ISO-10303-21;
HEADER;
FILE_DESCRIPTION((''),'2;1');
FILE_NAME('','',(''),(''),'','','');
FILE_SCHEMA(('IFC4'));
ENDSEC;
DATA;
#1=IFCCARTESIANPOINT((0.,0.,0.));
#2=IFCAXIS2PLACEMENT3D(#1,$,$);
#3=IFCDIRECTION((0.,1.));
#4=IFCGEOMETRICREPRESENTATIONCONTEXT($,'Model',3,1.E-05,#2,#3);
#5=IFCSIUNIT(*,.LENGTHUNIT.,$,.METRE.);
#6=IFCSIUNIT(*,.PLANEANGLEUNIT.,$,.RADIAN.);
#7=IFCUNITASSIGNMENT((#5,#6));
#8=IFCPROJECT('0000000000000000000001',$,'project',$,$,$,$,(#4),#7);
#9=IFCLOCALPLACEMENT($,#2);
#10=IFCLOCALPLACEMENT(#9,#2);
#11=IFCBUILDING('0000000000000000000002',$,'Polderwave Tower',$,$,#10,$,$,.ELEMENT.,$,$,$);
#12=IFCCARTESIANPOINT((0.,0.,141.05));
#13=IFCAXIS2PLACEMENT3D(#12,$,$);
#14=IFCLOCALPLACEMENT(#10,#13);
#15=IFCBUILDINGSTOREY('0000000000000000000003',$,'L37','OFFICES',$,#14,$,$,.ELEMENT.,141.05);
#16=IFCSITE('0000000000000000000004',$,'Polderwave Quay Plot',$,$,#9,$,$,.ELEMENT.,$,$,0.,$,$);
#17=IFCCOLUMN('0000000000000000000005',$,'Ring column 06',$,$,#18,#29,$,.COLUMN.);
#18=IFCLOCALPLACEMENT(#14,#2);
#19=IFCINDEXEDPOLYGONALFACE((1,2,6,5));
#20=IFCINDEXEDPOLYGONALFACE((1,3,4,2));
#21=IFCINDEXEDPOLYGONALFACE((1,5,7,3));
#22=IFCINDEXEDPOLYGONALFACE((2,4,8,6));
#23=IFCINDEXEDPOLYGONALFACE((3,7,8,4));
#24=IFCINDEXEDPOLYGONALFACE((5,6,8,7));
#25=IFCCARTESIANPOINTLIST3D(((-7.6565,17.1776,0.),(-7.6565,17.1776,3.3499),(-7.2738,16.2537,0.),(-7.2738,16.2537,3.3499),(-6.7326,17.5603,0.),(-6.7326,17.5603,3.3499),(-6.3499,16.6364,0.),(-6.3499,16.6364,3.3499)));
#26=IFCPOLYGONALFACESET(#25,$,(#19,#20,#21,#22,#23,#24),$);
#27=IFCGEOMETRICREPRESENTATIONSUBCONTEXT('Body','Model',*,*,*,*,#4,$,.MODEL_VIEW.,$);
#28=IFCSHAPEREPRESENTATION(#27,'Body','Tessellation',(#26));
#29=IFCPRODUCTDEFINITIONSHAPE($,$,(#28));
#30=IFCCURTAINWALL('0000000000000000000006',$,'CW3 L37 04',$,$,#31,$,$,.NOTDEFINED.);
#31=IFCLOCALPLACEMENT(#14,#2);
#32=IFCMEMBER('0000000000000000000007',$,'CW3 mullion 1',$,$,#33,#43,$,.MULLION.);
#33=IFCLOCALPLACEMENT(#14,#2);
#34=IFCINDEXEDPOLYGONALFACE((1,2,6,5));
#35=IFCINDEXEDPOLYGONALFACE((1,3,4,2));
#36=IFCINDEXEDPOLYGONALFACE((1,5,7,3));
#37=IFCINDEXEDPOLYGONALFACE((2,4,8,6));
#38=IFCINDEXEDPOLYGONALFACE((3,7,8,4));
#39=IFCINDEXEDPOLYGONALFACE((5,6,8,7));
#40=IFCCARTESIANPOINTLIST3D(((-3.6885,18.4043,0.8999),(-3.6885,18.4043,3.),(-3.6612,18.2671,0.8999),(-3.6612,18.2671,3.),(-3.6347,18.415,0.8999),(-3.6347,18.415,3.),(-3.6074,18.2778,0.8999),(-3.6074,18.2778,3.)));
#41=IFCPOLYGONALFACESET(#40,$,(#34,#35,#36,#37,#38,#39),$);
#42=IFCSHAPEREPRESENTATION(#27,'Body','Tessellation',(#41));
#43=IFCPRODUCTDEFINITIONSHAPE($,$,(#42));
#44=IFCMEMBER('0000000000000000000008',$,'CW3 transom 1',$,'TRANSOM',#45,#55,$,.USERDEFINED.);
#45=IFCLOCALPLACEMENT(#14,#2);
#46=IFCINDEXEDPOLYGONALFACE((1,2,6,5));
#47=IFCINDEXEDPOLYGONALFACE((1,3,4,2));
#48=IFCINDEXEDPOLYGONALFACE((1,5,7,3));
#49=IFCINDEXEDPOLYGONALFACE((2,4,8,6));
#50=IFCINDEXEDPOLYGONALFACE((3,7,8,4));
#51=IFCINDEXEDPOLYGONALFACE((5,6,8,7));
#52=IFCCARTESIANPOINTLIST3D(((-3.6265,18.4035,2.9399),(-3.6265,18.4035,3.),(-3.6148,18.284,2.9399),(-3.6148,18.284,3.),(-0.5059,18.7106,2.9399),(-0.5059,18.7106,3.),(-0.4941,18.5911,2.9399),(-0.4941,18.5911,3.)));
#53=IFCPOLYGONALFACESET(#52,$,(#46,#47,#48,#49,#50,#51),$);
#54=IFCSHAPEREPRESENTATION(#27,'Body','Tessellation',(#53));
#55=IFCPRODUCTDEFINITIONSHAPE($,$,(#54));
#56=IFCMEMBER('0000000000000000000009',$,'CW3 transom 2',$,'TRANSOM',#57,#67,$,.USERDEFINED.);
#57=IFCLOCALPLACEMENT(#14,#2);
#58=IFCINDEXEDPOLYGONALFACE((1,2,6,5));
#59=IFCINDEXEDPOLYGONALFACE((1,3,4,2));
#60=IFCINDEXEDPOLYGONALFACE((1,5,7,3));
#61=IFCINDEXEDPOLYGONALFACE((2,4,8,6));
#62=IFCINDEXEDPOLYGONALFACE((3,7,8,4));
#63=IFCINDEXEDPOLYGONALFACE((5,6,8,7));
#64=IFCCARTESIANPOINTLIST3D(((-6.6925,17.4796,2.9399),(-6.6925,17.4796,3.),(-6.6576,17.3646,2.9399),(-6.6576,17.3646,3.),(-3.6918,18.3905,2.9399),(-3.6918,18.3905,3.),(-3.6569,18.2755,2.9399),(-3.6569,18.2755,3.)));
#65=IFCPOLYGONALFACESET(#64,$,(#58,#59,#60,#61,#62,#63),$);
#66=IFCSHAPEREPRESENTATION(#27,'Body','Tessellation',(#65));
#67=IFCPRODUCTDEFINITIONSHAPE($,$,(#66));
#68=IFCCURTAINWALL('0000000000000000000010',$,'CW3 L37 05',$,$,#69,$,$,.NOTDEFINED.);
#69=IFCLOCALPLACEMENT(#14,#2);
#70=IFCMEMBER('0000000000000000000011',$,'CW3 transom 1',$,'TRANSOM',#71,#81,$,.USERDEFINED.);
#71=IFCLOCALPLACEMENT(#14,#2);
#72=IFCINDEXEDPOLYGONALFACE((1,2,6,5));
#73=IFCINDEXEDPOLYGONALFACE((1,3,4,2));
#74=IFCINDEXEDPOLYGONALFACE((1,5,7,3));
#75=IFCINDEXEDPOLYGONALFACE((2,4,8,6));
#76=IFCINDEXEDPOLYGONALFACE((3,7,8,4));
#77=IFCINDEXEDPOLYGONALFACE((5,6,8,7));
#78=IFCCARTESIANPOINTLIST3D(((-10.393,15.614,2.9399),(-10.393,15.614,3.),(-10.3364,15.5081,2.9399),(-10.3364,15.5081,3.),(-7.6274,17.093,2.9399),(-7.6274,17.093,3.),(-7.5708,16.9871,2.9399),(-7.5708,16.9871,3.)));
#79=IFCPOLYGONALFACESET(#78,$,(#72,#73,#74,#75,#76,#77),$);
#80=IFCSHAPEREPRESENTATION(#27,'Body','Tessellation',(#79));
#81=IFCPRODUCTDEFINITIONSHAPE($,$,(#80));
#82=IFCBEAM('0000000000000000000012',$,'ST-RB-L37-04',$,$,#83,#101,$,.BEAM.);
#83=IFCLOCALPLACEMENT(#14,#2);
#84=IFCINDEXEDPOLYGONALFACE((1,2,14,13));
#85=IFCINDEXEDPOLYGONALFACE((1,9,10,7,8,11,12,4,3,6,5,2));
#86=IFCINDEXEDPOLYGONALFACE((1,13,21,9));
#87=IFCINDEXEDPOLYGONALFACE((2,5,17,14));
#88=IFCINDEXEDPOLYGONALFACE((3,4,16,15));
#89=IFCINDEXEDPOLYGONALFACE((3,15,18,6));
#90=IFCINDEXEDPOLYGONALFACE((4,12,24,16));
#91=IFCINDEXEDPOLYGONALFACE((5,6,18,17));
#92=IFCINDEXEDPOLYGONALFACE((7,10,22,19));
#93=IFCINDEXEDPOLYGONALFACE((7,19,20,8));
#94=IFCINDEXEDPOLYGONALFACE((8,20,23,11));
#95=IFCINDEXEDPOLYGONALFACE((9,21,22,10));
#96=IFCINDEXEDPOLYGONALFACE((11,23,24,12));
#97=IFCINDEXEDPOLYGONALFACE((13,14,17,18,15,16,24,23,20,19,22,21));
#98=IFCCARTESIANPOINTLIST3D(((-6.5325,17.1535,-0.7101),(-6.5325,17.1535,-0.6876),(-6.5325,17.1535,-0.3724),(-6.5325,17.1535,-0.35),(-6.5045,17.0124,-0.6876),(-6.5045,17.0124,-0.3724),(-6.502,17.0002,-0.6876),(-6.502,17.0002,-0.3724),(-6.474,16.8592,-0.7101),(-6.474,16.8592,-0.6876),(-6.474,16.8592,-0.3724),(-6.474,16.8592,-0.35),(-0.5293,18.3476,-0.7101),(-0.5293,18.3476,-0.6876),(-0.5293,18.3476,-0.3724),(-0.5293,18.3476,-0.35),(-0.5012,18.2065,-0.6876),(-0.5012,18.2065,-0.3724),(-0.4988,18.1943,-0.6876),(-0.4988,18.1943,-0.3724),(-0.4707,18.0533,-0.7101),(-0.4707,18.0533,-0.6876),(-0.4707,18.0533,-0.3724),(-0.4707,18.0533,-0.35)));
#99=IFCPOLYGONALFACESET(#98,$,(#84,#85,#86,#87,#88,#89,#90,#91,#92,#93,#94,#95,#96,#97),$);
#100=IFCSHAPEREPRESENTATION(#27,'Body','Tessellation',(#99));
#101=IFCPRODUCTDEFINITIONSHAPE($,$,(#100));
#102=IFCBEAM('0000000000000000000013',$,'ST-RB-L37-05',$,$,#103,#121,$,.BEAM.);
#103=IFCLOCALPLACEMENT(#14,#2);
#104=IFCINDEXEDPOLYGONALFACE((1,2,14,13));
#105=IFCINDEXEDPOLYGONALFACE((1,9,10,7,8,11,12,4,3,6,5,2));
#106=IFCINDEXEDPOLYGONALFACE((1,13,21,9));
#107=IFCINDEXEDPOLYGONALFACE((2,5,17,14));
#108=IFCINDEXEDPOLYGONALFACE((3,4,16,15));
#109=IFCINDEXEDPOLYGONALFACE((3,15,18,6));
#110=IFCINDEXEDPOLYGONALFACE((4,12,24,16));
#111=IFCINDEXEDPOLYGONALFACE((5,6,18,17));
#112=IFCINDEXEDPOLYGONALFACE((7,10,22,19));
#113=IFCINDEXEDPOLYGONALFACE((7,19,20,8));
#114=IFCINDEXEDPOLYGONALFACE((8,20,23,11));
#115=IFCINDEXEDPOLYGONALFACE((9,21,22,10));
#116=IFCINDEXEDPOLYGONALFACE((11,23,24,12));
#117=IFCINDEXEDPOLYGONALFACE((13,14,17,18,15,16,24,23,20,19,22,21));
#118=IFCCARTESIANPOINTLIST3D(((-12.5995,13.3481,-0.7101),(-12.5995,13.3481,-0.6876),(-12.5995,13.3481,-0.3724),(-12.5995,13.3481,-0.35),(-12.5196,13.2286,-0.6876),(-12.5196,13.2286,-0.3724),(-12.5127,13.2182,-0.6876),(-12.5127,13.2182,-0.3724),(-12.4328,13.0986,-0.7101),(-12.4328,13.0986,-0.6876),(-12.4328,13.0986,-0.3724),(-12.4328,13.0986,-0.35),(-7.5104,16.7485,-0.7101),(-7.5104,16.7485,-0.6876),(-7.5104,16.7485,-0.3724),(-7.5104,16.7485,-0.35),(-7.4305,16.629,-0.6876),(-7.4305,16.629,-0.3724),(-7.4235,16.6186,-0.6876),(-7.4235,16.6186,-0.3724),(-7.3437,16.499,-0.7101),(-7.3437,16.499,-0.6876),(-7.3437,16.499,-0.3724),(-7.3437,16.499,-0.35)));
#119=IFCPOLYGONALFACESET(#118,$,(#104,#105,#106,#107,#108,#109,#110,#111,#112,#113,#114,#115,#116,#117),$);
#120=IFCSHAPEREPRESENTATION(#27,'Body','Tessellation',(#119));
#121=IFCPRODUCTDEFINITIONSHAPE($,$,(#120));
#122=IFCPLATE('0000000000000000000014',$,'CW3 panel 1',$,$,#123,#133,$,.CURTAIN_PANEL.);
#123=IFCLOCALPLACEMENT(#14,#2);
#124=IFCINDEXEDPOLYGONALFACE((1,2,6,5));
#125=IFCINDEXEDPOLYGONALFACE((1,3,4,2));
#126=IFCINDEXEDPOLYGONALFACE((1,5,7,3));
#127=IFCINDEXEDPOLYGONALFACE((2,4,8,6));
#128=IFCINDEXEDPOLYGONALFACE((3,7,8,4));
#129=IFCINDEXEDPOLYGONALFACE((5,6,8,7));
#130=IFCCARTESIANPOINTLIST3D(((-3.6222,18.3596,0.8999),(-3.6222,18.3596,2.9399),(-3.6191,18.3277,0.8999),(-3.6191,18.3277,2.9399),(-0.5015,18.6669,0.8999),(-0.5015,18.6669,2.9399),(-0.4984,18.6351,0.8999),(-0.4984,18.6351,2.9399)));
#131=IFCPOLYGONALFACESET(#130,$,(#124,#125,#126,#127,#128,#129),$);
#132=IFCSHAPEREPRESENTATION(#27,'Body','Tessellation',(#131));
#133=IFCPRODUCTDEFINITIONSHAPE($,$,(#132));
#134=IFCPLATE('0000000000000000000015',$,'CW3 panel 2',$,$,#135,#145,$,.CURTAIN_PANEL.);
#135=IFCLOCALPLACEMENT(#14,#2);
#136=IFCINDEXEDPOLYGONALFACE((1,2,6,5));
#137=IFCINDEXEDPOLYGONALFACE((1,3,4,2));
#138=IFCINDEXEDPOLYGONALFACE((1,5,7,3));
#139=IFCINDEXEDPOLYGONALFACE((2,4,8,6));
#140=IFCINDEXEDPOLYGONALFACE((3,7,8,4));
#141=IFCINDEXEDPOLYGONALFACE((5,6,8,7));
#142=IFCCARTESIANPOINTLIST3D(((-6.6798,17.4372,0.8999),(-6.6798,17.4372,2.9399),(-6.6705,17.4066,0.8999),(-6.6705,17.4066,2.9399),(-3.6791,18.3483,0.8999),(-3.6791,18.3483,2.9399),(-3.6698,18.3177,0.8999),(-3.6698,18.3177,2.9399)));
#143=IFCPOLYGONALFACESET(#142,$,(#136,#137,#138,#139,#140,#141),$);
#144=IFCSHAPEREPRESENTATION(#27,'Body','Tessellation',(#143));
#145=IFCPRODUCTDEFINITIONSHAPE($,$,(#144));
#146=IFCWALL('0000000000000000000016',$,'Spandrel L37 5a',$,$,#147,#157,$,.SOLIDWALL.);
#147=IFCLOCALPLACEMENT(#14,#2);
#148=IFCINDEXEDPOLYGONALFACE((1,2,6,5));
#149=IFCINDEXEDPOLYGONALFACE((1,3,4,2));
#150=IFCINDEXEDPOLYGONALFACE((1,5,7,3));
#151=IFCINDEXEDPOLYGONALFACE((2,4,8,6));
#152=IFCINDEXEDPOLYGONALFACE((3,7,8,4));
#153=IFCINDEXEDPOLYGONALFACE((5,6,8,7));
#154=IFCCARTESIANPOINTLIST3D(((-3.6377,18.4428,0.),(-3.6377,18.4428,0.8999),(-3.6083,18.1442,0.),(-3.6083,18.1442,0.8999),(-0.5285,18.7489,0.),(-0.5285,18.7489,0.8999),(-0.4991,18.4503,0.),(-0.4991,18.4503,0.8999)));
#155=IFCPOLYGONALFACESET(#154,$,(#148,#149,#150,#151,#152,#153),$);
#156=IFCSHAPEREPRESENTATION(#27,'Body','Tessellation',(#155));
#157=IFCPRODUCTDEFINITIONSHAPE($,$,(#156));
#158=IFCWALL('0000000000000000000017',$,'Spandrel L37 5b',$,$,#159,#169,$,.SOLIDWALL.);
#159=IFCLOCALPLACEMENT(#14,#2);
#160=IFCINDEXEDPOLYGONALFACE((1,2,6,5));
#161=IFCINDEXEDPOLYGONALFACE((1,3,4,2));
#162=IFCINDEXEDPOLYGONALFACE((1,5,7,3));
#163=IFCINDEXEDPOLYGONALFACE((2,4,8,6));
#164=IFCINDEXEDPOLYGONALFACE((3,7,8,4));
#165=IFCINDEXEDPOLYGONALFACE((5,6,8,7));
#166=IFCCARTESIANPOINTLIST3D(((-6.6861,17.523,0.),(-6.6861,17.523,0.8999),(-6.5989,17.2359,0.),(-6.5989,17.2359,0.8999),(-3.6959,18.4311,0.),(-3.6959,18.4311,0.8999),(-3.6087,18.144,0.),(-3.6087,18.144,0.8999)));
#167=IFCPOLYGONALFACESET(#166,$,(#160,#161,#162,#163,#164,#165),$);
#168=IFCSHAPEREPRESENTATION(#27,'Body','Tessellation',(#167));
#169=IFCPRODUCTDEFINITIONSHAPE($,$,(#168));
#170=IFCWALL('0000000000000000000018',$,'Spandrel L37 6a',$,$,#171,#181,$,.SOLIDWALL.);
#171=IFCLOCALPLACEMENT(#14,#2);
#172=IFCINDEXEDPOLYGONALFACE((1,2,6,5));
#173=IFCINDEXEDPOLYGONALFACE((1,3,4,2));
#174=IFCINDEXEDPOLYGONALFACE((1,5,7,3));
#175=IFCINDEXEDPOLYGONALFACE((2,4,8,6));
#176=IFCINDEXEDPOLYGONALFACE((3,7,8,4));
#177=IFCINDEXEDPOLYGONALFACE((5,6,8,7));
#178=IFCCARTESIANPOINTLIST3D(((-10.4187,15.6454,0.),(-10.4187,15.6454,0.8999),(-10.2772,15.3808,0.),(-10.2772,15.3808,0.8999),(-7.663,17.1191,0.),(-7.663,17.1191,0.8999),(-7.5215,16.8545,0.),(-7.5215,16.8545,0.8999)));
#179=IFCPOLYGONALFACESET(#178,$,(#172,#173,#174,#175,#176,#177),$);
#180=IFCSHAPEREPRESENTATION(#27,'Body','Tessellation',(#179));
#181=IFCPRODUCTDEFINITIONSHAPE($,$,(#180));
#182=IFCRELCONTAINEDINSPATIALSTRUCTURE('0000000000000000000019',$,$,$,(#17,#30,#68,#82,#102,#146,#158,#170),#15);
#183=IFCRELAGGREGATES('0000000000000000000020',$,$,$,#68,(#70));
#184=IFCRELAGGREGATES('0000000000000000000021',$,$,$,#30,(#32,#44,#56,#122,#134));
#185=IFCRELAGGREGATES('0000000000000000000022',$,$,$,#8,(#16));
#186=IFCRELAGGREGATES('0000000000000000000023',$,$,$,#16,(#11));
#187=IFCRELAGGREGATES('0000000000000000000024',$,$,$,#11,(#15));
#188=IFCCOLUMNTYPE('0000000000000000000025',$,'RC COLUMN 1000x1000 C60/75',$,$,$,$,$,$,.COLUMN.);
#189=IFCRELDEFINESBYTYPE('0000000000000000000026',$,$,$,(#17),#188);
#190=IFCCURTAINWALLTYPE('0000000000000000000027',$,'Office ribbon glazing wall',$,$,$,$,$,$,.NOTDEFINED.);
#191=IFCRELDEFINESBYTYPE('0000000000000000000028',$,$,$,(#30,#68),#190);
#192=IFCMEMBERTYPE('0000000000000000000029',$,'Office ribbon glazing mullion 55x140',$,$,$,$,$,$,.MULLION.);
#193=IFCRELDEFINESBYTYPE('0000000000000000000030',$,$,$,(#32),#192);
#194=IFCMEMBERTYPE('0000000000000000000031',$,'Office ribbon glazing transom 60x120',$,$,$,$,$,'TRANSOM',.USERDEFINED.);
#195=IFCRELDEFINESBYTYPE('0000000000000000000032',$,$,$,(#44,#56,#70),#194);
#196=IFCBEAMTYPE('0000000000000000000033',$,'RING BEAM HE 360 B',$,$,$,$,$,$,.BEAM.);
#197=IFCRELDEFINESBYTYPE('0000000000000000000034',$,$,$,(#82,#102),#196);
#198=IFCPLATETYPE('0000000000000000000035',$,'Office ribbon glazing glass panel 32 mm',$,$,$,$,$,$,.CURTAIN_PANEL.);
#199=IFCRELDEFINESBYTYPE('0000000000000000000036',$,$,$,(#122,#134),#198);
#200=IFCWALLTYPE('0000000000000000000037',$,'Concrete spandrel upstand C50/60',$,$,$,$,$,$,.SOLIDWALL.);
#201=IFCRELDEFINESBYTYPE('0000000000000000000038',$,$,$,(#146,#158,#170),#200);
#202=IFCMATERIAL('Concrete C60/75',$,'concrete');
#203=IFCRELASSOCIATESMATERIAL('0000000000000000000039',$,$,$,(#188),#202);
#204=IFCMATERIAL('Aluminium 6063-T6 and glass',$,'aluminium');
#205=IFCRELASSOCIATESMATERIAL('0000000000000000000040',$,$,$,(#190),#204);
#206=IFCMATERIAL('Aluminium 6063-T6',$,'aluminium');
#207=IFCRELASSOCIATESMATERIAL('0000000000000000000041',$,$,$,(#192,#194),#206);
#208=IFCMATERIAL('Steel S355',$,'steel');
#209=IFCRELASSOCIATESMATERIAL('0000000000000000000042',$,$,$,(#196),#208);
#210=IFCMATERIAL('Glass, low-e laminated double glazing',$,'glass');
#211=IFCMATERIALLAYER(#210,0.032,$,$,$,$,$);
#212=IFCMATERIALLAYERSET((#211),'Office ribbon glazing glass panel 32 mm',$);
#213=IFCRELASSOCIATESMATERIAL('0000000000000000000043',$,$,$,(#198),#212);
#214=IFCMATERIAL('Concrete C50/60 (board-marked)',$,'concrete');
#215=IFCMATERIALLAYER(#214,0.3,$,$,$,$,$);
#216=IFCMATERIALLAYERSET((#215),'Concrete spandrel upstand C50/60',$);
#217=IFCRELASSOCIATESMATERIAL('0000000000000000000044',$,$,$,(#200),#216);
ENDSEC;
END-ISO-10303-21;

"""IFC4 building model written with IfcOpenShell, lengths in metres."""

from ifc_helpers import new_model, si_unit, direction, frame, frame_2d, origin, origin_2d, place, context, subcontext, project, spatial, rectangle, i_section, extrude, material, layer, layer_set, material_profile, profile_set, type_object, element, aggregate, save


model = new_model("IFC4")

# Units and contexts
model_context = context("Model", 3, precision=1e-05, world=origin(), true_north=direction((0.0, 1.0)))
body_context = subcontext(model_context, "Body", "Model", "MODEL_VIEW")
ifc_project = project(units=[si_unit("LENGTHUNIT", "METRE"), si_unit("PLANEANGLEUNIT", "RADIAN")], contexts=[model_context])

# Site, building, storey
site_placement = place(None, origin())
site = spatial("IfcSite", under=ifc_project, at=site_placement, Name="Polderwave Quay Plot", CompositionType="ELEMENT", RefElevation=0.0)
building_placement = place(site_placement, origin())
building = spatial("IfcBuilding", under=site, at=building_placement, Name="Polderwave Tower", CompositionType="ELEMENT")
storey_placement = place(building_placement, frame((0.0, 0.0, 141.05)))
storey = spatial("IfcBuildingStorey", under=building, at=storey_placement, Name="L37", Description="OFFICES", CompositionType="ELEMENT", Elevation=141.05)

# Column
ifc_material_1 = material(Name="Concrete C60/75", Category="concrete")
ifc_material_profile_1 = material_profile(ifc_material_1, rectangle(XDim=1.0, YDim=1.0, at=origin_2d()), Name="RC 1000x1000")
ifc_profile_set_1 = profile_set([ifc_material_profile_1], Name="Concrete C60/75")
column_type = type_object("IfcColumnType", Name="RC COLUMN 1000x1000 C60/75", PredefinedType="COLUMN", material=ifc_profile_set_1)
column_placement = place(storey_placement, frame((-7.0032, 16.907, 0.0), z_axis=(0.0, 0.0, 1.0), x_axis=(-0.382683, 0.92388, 0.0)))
element("IfcColumn", 1, at=column_placement, inside=storey, type_object=column_type, Name="Ring column 06", PredefinedType="COLUMN", context=body_context, shape_type="SweptSolid", body=[
    extrude(rectangle(XDim=1.0, YDim=1.0, at=origin_2d()), origin(), (0.0, 0.0, 1.0), 3.3499),
])

# Curtain wall, members
ifc_material_2 = material(Name="Aluminium 6063-T6 and glass", Category="aluminium")
curtain_wall_type = type_object("IfcCurtainWallType", Name="Office ribbon glazing wall", PredefinedType="NOTDEFINED", material=ifc_material_2)
curtain_wall_1_placement = place(storey_placement, origin())
curtain_wall_1 = element("IfcCurtainWall", 2, at=curtain_wall_1_placement, inside=storey, type_object=curtain_wall_type, Name="CW3 L37 04", PredefinedType="NOTDEFINED")
ifc_material_3 = material(Name="Aluminium 6063-T6", Category="aluminium")
ifc_material_profile_2 = material_profile(ifc_material_3, rectangle(XDim=0.1399, YDim=0.0549, at=origin_2d()), Name="AL 55x140")
ifc_profile_set_2 = profile_set([ifc_material_profile_2], Name="Aluminium 6063-T6")
member_type_1 = type_object("IfcMemberType", Name="Office ribbon glazing mullion 55x140", PredefinedType="MULLION", material=ifc_profile_set_2)
member_1_placement = place(storey_placement, frame((-3.6479, 18.3411, 0.8999), z_axis=(0.0, 0.0, 1.0), x_axis=(0.195196, -0.980764, 0.0)))
member_1 = element("IfcMember", 3, at=member_1_placement, type_object=member_type_1, Name="CW3 mullion 1", PredefinedType="MULLION", context=body_context, shape_type="SweptSolid", body=[
    extrude(rectangle(XDim=0.1399, YDim=0.0549, at=origin_2d()), origin(), (0.0, 0.0, 1.0), 2.1001),
])
ifc_material_profile_3 = material_profile(ifc_material_3, rectangle(XDim=0.1201, YDim=0.0601, at=origin_2d()), Name="AL 60x120")
ifc_profile_set_3 = profile_set([ifc_material_profile_3], Name="Aluminium 6063-T6")
member_type_2 = type_object("IfcMemberType", Name="Office ribbon glazing transom 60x120", ElementType="TRANSOM", PredefinedType="USERDEFINED", material=ifc_profile_set_3)
member_2_placement = place(storey_placement, frame((-0.5, 18.6509, 2.97), z_axis=(-0.995192, -0.097946, 0.0), x_axis=(0.097946, -0.995192, 0.0)))
member_2 = element("IfcMember", 4, at=member_2_placement, type_object=member_type_2, Name="CW3 transom 1", ObjectType="TRANSOM", PredefinedType="USERDEFINED", context=body_context, shape_type="SweptSolid", body=[
    extrude(rectangle(XDim=0.1201, YDim=0.0601, at=origin_2d()), origin(), (0.0, 0.0, 1.0), 3.1357),
])
member_3_placement = place(storey_placement, frame((-3.6743, 18.333, 2.97), z_axis=(-0.956885, -0.290468, 0.0), x_axis=(0.290468, -0.956885, 0.0)))
member_3 = element("IfcMember", 5, at=member_3_placement, type_object=member_type_2, Name="CW3 transom 2", ObjectType="TRANSOM", PredefinedType="USERDEFINED", context=body_context, shape_type="SweptSolid", body=[
    extrude(rectangle(XDim=0.1201, YDim=0.0601, at=origin_2d()), origin(), (0.0, 0.0, 1.0), 3.136),
])

# Curtain wall, member
curtain_wall_2_placement = place(storey_placement, origin())
curtain_wall_2 = element("IfcCurtainWall", 6, at=curtain_wall_2_placement, inside=storey, type_object=curtain_wall_type, Name="CW3 L37 05", PredefinedType="NOTDEFINED")
member_4_placement = place(storey_placement, frame((-7.5991, 17.04, 2.97), z_axis=(-0.881822, -0.471582, 0.0), x_axis=(0.471582, -0.881822, 0.0)))
member_4 = element("IfcMember", 7, at=member_4_placement, type_object=member_type_2, Name="CW3 transom 1", ObjectType="TRANSOM", PredefinedType="USERDEFINED", context=body_context, shape_type="SweptSolid", body=[
    extrude(rectangle(XDim=0.1201, YDim=0.0601, at=origin_2d()), origin(), (0.0, 0.0, 1.0), 3.1362),
])
aggregate(curtain_wall_2, [member_4])

# Beams
ifc_material_4 = material(Name="Steel S355", Category="steel")
ifc_material_profile_4 = material_profile(ifc_material_4, i_section(OverallWidth=0.3, OverallDepth=0.3601, WebThickness=0.0125, FlangeThickness=0.0225, at=origin_2d()), Name="HE 360 B")
ifc_profile_set_4 = profile_set([ifc_material_profile_4], Name="Steel S355")
beam_type = type_object("IfcBeamType", Name="RING BEAM HE 360 B", PredefinedType="BEAM", material=ifc_profile_set_4)
beam_1_placement = place(storey_placement, frame((-0.5, 18.2004, -0.53), z_axis=(-0.980786, -0.195088, 0.0), x_axis=(0.195088, -0.980786, 0.0)))
element("IfcBeam", 8, at=beam_1_placement, inside=storey, type_object=beam_type, Name="ST-RB-L37-04", PredefinedType="BEAM", context=body_context, shape_type="SweptSolid", body=[
    extrude(i_section(OverallWidth=0.3, OverallDepth=0.3601, WebThickness=0.0125, FlangeThickness=0.0225, at=origin_2d()), origin(), (0.0, 0.0, 1.0), 6.1208),
])
beam_2_placement = place(storey_placement, frame((-7.427, 16.6238, -0.53), z_axis=(-0.831473, -0.555565, 0.0), x_axis=(0.555565, -0.831473, 0.0)))
element("IfcBeam", 9, at=beam_2_placement, inside=storey, type_object=beam_type, Name="ST-RB-L37-05", PredefinedType="BEAM", context=body_context, shape_type="SweptSolid", body=[
    extrude(i_section(OverallWidth=0.3, OverallDepth=0.3601, WebThickness=0.0125, FlangeThickness=0.0225, at=origin_2d()), origin(), (0.0, 0.0, 1.0), 6.1206),
])

# Plates
ifc_material_5 = material(Name="Glass, low-e laminated double glazing", Category="glass")
ifc_layer_1 = layer(ifc_material_5, 0.032)
ifc_layer_set_1 = layer_set([ifc_layer_1], Name="Office ribbon glazing glass panel 32 mm")
plate_type = type_object("IfcPlateType", Name="Office ribbon glazing glass panel 32 mm", PredefinedType="CURTAIN_PANEL", material=ifc_layer_set_1)
plate_1_placement = place(storey_placement, frame((-2.0603, 18.4973, 0.8999), z_axis=(0.0, 0.0, 1.0), x_axis=(-0.995186, -0.098002, 0.0)))
plate_1 = element("IfcPlate", 10, at=plate_1_placement, type_object=plate_type, Name="CW3 panel 1", PredefinedType="CURTAIN_PANEL", context=body_context, shape_type="SweptSolid", body=[
    extrude(rectangle(XDim=3.1357, YDim=0.032, at=origin_2d()), origin(), (0.0, 0.0, 1.0), 2.04),
])
plate_2_placement = place(storey_placement, frame((-5.1748, 17.8774, 0.8999), z_axis=(0.0, 0.0, 1.0), x_axis=(-0.956873, -0.290507, 0.0)))
plate_2 = element("IfcPlate", 11, at=plate_2_placement, type_object=plate_type, Name="CW3 panel 2", PredefinedType="CURTAIN_PANEL", context=body_context, shape_type="SweptSolid", body=[
    extrude(rectangle(XDim=3.136, YDim=0.032, at=origin_2d()), origin(), (0.0, 0.0, 1.0), 2.04),
])
aggregate(curtain_wall_1, [member_1, member_2, member_3, plate_1, plate_2])

# Walls
ifc_material_6 = material(Name="Concrete C50/60 (board-marked)", Category="concrete")
ifc_layer_2 = layer(ifc_material_6, 0.3)
ifc_layer_set_2 = layer_set([ifc_layer_2], Name="Concrete spandrel upstand C50/60")
wall_type_1 = type_object("IfcWallType", Name="Concrete spandrel upstand C50/60", PredefinedType="SOLIDWALL", material=ifc_layer_set_2)
wall_1_placement = place(storey_placement, frame((-0.5139, 18.5996, 0.0), z_axis=(0.0, 0.0, 1.0), x_axis=(-0.995187, -0.097995, 0.0)))
element("IfcWall", 12, at=wall_1_placement, inside=storey, type_object=wall_type_1, Name="Spandrel L37 5a", PredefinedType="SOLIDWALL", context=body_context, shape_type="SweptSolid", body=[
    extrude(rectangle(XDim=3.1243, YDim=0.3, at=frame_2d((1.562, 0.0))), origin(), (0.0, 0.0, 1.0), 0.8999),
])
for number, where, z_axis, x_axis, name in (
    (13, (-3.6523, 18.2876, 0.0), (0.0, 0.0, 1.0), (-0.95684, -0.290614, 0.0), "Spandrel L37 5b"),
    (14, (-7.5923, 16.9868, 0.0), (0.0, 0.0, 1.0), (-0.881825, -0.471577, 0.0), "Spandrel L37 6a"),
):
    element("IfcWall", number, at=place(storey_placement, frame(where, z_axis=z_axis, x_axis=x_axis)), inside=storey, type_object=wall_type_1, Name=name, PredefinedType="SOLIDWALL", context=body_context, shape_type="SweptSolid", body=[
        extrude(rectangle(XDim=3.125, YDim=0.3, at=frame_2d((1.5625, 0.0))), origin(), (0.0, 0.0, 1.0), 0.8999),
    ])

save(model, "model.ifc")
